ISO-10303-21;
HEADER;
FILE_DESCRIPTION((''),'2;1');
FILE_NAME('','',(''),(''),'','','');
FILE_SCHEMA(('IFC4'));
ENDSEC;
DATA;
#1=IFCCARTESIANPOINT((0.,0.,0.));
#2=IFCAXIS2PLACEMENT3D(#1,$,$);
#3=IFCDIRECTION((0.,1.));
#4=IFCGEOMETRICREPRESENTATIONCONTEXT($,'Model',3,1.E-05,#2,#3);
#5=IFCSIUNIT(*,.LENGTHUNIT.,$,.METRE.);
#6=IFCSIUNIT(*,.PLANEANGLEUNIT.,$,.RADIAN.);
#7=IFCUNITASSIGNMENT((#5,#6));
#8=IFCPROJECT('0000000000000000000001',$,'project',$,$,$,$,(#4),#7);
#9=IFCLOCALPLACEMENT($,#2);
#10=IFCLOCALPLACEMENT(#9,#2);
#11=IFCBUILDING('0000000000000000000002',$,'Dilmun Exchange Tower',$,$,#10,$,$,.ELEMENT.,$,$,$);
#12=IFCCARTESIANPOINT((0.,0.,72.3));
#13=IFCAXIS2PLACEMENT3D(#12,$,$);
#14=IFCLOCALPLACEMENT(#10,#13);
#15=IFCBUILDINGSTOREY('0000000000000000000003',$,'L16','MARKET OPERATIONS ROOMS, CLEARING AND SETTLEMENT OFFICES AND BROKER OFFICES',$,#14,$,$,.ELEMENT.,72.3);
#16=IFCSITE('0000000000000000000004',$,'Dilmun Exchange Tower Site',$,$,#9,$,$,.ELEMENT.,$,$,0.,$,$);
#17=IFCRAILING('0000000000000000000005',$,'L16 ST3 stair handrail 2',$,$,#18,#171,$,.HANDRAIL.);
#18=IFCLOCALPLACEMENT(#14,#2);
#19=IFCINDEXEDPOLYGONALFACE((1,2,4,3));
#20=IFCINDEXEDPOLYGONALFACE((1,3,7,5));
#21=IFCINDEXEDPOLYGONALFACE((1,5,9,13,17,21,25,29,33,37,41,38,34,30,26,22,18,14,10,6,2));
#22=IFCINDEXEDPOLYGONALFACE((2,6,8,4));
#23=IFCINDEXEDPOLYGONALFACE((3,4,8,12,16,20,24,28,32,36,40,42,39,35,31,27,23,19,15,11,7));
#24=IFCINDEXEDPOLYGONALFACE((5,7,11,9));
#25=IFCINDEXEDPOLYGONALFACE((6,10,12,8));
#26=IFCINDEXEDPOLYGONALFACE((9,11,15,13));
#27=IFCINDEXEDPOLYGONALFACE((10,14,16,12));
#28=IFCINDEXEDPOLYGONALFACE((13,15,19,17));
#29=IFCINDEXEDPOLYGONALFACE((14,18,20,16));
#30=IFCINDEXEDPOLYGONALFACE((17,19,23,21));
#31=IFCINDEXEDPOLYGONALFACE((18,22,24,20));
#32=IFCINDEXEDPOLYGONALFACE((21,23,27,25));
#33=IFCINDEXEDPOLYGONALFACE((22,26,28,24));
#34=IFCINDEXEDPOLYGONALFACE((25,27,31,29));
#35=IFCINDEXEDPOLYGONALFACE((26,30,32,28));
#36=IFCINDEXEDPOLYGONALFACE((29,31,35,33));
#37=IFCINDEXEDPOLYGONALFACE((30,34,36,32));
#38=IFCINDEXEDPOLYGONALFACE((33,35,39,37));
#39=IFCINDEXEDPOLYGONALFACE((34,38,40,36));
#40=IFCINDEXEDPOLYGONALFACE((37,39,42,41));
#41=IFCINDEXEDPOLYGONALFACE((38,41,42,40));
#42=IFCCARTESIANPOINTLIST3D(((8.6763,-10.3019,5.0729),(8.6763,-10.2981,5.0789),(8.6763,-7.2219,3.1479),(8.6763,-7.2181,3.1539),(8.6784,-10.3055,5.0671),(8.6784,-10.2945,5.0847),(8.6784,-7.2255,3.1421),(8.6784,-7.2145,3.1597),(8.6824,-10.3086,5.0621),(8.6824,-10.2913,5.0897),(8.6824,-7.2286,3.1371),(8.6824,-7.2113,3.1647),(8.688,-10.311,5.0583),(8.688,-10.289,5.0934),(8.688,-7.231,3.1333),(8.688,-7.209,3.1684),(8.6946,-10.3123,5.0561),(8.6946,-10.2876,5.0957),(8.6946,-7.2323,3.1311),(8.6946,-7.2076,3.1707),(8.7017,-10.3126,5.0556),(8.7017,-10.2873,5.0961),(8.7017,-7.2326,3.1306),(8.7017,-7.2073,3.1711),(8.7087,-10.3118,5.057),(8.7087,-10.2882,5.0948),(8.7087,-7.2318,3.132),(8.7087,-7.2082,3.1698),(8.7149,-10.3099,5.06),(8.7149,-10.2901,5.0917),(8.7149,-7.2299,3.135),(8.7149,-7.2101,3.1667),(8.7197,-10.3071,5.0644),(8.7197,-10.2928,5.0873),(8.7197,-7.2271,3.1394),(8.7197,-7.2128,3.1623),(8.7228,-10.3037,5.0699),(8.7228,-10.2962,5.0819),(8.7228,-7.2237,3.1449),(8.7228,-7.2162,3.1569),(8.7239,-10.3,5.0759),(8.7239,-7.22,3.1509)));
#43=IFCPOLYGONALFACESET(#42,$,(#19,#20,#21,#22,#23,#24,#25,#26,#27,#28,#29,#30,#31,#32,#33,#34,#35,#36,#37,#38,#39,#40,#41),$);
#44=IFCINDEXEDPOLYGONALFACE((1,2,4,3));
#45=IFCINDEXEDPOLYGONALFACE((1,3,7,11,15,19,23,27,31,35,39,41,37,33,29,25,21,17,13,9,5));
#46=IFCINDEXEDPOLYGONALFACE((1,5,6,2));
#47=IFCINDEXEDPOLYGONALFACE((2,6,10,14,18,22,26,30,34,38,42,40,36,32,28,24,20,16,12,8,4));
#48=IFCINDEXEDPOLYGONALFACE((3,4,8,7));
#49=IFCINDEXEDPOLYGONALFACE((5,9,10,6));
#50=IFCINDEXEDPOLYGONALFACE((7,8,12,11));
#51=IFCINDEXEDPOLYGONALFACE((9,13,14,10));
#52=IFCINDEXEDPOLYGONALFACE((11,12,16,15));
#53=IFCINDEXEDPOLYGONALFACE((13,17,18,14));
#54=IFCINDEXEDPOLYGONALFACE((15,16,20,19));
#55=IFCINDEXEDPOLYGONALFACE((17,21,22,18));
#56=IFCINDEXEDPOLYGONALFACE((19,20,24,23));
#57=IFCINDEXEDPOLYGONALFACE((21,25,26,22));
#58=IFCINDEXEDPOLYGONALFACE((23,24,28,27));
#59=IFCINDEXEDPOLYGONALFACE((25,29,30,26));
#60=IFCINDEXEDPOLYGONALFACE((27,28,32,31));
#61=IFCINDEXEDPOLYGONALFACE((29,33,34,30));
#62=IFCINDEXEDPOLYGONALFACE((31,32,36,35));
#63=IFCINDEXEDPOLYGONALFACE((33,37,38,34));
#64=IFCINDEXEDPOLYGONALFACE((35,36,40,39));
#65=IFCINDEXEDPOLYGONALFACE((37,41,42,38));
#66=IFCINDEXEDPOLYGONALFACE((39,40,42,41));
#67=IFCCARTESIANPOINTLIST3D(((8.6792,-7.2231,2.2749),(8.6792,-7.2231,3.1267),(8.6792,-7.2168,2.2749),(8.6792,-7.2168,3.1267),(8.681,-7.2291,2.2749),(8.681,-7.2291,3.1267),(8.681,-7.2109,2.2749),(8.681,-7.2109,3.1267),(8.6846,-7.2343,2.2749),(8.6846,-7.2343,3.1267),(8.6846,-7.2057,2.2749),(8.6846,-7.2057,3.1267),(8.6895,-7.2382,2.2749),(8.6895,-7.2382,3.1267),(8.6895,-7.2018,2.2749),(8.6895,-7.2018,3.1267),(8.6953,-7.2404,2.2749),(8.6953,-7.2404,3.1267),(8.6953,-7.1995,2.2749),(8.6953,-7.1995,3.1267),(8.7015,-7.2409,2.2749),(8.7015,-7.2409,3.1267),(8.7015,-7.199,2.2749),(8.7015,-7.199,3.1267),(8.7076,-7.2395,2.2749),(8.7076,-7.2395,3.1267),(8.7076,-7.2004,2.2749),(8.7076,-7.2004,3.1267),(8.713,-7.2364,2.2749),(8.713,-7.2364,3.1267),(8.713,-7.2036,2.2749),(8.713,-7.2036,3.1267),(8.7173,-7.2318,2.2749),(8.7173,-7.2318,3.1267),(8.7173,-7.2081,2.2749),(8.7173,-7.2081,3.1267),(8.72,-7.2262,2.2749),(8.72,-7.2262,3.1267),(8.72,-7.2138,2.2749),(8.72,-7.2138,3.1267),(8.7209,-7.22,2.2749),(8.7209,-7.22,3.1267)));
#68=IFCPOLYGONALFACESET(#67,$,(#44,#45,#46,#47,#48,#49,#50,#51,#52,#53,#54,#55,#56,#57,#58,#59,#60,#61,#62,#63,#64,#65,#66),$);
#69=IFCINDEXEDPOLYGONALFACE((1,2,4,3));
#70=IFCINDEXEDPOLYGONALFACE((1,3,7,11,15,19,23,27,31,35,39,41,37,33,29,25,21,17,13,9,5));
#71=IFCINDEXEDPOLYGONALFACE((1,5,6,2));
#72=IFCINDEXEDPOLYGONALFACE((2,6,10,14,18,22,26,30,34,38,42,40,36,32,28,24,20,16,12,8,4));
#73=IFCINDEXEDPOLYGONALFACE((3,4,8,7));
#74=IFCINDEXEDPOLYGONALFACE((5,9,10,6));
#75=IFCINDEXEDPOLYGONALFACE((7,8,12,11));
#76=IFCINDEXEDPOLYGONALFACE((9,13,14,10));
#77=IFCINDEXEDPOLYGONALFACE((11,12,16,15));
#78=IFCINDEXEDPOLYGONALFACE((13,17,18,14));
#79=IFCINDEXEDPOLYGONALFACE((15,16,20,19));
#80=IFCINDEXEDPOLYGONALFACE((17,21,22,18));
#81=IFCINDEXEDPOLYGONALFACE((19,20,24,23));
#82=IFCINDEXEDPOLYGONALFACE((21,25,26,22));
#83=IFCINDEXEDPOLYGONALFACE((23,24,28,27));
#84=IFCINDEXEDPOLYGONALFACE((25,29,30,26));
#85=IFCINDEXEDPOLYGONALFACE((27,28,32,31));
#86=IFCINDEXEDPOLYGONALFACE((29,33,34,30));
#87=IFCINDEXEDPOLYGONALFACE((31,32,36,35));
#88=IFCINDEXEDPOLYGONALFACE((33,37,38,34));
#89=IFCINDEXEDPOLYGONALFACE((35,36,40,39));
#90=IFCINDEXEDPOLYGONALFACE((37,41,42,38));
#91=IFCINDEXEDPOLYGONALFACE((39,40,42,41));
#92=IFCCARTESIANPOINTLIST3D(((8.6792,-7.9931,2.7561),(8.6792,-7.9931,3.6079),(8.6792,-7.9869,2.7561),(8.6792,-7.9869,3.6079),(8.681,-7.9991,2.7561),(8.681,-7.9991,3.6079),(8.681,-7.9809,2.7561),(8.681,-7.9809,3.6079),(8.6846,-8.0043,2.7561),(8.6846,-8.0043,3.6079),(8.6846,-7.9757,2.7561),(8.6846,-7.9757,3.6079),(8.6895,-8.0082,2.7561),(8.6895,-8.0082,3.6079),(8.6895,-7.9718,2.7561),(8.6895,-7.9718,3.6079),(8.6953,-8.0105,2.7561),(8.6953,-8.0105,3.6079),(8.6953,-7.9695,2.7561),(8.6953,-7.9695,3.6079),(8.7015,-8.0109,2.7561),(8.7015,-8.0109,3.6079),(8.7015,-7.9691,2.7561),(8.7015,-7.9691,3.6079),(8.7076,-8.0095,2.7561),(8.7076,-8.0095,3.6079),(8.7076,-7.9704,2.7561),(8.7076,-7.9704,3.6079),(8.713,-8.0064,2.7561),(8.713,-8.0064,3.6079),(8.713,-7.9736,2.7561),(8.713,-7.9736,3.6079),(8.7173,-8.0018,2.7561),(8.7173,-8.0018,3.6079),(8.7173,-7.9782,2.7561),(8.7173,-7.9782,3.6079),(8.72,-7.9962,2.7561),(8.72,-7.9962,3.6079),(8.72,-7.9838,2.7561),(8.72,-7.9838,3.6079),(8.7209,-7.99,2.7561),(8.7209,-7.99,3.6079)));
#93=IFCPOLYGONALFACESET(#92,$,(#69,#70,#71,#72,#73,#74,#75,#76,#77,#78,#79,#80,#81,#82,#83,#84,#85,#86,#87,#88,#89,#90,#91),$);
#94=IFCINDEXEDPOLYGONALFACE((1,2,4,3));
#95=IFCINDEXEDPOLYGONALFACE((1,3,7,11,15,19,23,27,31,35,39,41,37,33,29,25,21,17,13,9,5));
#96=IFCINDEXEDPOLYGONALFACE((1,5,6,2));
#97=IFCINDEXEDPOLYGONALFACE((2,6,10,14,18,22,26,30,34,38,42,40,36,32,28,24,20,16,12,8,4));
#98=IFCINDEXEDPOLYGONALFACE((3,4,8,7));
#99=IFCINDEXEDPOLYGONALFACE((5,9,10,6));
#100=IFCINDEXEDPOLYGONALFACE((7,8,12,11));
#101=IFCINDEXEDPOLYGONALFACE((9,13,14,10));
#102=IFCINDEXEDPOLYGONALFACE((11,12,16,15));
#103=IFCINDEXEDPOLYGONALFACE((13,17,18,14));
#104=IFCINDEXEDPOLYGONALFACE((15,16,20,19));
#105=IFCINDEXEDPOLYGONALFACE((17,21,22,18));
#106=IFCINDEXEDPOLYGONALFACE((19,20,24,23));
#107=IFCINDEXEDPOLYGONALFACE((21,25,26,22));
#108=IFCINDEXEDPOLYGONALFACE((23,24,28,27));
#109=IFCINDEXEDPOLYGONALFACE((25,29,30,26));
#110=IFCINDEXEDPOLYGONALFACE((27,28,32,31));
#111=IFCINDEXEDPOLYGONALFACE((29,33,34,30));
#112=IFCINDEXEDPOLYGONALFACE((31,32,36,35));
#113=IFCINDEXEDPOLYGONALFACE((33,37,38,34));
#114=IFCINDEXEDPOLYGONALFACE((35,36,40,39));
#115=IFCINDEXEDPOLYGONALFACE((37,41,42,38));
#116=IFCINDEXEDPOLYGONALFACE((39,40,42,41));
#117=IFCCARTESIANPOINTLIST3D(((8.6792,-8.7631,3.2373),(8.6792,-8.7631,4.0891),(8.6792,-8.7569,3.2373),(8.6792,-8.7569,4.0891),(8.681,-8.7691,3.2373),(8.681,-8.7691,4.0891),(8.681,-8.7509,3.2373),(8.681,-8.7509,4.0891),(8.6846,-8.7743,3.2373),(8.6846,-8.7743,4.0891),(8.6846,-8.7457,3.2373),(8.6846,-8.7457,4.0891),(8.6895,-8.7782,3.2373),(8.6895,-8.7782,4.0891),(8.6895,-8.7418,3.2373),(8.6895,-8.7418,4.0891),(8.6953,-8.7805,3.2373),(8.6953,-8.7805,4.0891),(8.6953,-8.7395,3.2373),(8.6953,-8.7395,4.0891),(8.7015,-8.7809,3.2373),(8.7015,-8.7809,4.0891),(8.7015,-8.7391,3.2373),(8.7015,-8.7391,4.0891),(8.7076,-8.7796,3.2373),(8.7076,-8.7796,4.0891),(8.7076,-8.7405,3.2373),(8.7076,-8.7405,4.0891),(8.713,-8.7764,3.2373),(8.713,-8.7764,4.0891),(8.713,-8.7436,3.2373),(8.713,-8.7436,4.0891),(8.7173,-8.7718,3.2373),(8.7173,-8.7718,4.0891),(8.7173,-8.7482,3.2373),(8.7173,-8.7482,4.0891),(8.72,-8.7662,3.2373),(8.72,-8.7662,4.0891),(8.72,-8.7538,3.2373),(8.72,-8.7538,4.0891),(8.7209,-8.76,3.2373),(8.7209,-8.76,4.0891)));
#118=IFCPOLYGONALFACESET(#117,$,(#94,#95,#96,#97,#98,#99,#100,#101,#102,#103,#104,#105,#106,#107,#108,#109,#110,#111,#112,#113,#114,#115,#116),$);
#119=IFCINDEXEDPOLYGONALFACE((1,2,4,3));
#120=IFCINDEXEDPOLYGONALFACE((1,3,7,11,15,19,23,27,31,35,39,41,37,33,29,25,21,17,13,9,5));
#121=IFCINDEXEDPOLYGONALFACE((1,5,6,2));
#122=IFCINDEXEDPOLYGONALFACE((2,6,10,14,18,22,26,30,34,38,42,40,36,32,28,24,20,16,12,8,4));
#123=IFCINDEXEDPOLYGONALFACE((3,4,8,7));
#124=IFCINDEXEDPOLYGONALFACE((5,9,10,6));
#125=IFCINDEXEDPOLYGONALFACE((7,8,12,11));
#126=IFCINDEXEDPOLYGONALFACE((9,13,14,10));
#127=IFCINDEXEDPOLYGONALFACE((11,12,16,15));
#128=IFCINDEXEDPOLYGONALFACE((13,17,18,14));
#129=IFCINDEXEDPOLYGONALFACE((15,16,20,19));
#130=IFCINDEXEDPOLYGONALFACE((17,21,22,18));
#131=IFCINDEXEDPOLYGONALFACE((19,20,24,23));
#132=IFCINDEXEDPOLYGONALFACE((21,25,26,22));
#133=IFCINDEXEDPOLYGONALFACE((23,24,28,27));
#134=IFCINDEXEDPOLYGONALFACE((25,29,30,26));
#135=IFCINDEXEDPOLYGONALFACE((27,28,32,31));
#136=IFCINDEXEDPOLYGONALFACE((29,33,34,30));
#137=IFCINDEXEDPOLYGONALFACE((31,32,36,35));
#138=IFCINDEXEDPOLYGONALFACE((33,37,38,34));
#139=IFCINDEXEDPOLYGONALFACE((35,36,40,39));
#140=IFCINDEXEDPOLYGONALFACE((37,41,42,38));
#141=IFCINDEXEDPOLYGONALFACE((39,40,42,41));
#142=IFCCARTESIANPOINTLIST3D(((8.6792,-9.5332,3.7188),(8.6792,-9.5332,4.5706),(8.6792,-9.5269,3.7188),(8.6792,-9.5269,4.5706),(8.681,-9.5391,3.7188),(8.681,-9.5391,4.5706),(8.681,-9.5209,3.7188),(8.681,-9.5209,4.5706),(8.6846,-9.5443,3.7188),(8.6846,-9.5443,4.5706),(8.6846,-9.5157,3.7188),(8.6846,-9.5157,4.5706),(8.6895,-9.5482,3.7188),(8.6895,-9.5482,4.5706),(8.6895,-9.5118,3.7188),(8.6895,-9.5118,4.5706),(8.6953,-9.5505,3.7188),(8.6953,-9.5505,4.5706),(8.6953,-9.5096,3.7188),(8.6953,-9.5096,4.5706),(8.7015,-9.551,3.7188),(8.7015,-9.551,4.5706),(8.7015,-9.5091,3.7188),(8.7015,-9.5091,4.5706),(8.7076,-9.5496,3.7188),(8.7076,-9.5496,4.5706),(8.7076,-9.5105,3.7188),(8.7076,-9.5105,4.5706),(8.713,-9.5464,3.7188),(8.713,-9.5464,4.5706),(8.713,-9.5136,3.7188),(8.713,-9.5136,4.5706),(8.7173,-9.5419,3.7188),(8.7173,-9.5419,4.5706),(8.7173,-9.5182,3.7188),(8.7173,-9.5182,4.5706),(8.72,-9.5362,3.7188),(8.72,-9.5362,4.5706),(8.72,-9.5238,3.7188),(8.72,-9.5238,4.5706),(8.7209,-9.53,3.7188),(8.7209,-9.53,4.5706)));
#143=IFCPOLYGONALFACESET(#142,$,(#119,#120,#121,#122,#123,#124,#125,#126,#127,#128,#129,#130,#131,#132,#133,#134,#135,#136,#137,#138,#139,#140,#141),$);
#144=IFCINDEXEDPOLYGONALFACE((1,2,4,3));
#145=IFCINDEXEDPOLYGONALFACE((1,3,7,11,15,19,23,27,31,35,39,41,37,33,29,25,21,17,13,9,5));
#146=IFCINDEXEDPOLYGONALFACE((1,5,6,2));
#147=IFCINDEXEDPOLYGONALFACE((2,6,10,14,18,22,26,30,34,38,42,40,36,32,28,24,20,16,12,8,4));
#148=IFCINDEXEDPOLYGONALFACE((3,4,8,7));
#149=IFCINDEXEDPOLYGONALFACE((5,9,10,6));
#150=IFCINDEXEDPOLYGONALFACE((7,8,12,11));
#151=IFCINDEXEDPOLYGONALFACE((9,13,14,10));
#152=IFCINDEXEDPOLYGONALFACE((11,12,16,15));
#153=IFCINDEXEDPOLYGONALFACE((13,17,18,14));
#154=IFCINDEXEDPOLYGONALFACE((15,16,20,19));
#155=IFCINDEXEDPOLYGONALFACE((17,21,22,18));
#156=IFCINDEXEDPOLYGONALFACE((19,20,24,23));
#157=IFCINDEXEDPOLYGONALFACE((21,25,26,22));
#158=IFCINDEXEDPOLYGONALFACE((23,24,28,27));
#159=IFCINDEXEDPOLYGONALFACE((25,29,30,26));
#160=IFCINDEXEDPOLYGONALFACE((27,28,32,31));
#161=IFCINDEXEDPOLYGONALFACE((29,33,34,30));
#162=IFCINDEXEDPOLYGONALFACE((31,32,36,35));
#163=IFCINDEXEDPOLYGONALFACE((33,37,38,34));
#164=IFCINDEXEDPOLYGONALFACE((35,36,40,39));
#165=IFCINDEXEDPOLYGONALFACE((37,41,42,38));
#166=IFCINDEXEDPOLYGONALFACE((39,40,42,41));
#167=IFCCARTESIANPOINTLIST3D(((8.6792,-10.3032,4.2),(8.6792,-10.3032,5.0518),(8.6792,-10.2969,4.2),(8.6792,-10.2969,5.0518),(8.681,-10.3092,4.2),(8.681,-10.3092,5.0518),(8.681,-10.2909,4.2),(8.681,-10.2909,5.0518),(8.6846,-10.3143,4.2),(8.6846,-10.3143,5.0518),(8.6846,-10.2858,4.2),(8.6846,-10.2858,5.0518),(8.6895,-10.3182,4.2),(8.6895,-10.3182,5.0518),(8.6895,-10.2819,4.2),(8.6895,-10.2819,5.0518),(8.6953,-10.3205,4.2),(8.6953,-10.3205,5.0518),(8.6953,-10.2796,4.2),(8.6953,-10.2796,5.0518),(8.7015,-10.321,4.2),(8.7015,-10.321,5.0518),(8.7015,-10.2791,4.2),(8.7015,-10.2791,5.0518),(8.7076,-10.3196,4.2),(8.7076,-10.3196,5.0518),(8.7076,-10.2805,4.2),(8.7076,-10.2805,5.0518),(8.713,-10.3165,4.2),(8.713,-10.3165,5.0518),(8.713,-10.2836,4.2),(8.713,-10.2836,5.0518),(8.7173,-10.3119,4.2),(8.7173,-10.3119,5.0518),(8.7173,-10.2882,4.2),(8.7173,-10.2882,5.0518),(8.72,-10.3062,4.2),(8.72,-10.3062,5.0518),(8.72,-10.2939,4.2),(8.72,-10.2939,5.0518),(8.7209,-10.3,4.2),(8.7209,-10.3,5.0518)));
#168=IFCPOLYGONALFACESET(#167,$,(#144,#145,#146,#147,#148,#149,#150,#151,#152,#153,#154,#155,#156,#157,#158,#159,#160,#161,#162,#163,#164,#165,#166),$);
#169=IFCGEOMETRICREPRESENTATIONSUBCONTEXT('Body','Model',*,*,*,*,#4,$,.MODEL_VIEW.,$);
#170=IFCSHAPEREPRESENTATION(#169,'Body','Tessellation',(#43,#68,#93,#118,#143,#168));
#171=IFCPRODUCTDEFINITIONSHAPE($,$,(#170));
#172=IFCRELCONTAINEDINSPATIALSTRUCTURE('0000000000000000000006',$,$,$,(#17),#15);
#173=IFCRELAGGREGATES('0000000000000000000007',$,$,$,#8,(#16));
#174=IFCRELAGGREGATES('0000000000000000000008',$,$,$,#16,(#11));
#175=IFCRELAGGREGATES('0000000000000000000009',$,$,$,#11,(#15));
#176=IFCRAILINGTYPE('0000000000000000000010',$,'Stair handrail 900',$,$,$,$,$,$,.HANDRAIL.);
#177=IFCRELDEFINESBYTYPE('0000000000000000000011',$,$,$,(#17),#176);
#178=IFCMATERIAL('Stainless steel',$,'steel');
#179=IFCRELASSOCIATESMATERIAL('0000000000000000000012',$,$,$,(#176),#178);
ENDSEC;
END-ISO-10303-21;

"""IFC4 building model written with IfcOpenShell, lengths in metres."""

from ifc_helpers import new_model, si_unit, direction, frame, origin, origin_2d, place, context, subcontext, project, spatial, circle, extrude, material, type_object, element, save


model = new_model("IFC4")

# Units and contexts
model_context = context("Model", 3, precision=1e-05, world=origin(), true_north=direction((0.0, 1.0)))
body_context = subcontext(model_context, "Body", "Model", "MODEL_VIEW")
ifc_project = project(units=[si_unit("LENGTHUNIT", "METRE"), si_unit("PLANEANGLEUNIT", "RADIAN")], contexts=[model_context])

# Site, building, storey
site_placement = place(None, origin())
site = spatial("IfcSite", under=ifc_project, at=site_placement, Name="Dilmun Exchange Tower Site", CompositionType="ELEMENT", RefElevation=0.0)
building_placement = place(site_placement, origin())
building = spatial("IfcBuilding", under=site, at=building_placement, Name="Dilmun Exchange Tower", CompositionType="ELEMENT")
storey_placement = place(building_placement, frame((0.0, 0.0, 72.3)))
storey = spatial("IfcBuildingStorey", under=building, at=storey_placement, Name="L16", Description="MARKET OPERATIONS ROOMS, CLEARING AND SETTLEMENT OFFICES AND BROKER OFFICES", CompositionType="ELEMENT", Elevation=72.3)

# Railing
ifc_material_1 = material(Name="Stainless steel", Category="steel")
railing_type = type_object("IfcRailingType", Name="Stair handrail 900", PredefinedType="HANDRAIL", material=ifc_material_1)
railing_placement = place(storey_placement, frame((8.7, -7.22, 2.2749)))
element("IfcRailing", 1, at=railing_placement, inside=storey, type_object=railing_type, Name="L16 ST3 stair handrail 2", PredefinedType="HANDRAIL", context=body_context, shape_type="SweptSolid", body=[
    extrude(circle(Radius=0.0239, at=origin_2d()), frame((0.0, 0.0, 0.876), z_axis=(0.0, -0.847998, 0.529999), x_axis=(1.0, 0.0, 0.0)), (0.0, 0.0, 1.0), 3.6321),
    extrude(circle(Radius=0.021, at=origin_2d()), origin(), (0.0, 0.0, 1.0), 0.8518),
    extrude(circle(Radius=0.021, at=origin_2d()), frame((0.0, -0.77, 0.4812)), (0.0, 0.0, 1.0), 0.8518),
    extrude(circle(Radius=0.021, at=origin_2d()), frame((0.0, -1.54, 0.9624)), (0.0, 0.0, 1.0), 0.8518),
    extrude(circle(Radius=0.021, at=origin_2d()), frame((0.0, -2.3101, 1.4438)), (0.0, 0.0, 1.0), 0.8518),
    extrude(circle(Radius=0.021, at=origin_2d()), frame((0.0, -3.0801, 1.925)), (0.0, 0.0, 1.0), 0.8518),
])

save(model, "model.ifc")
